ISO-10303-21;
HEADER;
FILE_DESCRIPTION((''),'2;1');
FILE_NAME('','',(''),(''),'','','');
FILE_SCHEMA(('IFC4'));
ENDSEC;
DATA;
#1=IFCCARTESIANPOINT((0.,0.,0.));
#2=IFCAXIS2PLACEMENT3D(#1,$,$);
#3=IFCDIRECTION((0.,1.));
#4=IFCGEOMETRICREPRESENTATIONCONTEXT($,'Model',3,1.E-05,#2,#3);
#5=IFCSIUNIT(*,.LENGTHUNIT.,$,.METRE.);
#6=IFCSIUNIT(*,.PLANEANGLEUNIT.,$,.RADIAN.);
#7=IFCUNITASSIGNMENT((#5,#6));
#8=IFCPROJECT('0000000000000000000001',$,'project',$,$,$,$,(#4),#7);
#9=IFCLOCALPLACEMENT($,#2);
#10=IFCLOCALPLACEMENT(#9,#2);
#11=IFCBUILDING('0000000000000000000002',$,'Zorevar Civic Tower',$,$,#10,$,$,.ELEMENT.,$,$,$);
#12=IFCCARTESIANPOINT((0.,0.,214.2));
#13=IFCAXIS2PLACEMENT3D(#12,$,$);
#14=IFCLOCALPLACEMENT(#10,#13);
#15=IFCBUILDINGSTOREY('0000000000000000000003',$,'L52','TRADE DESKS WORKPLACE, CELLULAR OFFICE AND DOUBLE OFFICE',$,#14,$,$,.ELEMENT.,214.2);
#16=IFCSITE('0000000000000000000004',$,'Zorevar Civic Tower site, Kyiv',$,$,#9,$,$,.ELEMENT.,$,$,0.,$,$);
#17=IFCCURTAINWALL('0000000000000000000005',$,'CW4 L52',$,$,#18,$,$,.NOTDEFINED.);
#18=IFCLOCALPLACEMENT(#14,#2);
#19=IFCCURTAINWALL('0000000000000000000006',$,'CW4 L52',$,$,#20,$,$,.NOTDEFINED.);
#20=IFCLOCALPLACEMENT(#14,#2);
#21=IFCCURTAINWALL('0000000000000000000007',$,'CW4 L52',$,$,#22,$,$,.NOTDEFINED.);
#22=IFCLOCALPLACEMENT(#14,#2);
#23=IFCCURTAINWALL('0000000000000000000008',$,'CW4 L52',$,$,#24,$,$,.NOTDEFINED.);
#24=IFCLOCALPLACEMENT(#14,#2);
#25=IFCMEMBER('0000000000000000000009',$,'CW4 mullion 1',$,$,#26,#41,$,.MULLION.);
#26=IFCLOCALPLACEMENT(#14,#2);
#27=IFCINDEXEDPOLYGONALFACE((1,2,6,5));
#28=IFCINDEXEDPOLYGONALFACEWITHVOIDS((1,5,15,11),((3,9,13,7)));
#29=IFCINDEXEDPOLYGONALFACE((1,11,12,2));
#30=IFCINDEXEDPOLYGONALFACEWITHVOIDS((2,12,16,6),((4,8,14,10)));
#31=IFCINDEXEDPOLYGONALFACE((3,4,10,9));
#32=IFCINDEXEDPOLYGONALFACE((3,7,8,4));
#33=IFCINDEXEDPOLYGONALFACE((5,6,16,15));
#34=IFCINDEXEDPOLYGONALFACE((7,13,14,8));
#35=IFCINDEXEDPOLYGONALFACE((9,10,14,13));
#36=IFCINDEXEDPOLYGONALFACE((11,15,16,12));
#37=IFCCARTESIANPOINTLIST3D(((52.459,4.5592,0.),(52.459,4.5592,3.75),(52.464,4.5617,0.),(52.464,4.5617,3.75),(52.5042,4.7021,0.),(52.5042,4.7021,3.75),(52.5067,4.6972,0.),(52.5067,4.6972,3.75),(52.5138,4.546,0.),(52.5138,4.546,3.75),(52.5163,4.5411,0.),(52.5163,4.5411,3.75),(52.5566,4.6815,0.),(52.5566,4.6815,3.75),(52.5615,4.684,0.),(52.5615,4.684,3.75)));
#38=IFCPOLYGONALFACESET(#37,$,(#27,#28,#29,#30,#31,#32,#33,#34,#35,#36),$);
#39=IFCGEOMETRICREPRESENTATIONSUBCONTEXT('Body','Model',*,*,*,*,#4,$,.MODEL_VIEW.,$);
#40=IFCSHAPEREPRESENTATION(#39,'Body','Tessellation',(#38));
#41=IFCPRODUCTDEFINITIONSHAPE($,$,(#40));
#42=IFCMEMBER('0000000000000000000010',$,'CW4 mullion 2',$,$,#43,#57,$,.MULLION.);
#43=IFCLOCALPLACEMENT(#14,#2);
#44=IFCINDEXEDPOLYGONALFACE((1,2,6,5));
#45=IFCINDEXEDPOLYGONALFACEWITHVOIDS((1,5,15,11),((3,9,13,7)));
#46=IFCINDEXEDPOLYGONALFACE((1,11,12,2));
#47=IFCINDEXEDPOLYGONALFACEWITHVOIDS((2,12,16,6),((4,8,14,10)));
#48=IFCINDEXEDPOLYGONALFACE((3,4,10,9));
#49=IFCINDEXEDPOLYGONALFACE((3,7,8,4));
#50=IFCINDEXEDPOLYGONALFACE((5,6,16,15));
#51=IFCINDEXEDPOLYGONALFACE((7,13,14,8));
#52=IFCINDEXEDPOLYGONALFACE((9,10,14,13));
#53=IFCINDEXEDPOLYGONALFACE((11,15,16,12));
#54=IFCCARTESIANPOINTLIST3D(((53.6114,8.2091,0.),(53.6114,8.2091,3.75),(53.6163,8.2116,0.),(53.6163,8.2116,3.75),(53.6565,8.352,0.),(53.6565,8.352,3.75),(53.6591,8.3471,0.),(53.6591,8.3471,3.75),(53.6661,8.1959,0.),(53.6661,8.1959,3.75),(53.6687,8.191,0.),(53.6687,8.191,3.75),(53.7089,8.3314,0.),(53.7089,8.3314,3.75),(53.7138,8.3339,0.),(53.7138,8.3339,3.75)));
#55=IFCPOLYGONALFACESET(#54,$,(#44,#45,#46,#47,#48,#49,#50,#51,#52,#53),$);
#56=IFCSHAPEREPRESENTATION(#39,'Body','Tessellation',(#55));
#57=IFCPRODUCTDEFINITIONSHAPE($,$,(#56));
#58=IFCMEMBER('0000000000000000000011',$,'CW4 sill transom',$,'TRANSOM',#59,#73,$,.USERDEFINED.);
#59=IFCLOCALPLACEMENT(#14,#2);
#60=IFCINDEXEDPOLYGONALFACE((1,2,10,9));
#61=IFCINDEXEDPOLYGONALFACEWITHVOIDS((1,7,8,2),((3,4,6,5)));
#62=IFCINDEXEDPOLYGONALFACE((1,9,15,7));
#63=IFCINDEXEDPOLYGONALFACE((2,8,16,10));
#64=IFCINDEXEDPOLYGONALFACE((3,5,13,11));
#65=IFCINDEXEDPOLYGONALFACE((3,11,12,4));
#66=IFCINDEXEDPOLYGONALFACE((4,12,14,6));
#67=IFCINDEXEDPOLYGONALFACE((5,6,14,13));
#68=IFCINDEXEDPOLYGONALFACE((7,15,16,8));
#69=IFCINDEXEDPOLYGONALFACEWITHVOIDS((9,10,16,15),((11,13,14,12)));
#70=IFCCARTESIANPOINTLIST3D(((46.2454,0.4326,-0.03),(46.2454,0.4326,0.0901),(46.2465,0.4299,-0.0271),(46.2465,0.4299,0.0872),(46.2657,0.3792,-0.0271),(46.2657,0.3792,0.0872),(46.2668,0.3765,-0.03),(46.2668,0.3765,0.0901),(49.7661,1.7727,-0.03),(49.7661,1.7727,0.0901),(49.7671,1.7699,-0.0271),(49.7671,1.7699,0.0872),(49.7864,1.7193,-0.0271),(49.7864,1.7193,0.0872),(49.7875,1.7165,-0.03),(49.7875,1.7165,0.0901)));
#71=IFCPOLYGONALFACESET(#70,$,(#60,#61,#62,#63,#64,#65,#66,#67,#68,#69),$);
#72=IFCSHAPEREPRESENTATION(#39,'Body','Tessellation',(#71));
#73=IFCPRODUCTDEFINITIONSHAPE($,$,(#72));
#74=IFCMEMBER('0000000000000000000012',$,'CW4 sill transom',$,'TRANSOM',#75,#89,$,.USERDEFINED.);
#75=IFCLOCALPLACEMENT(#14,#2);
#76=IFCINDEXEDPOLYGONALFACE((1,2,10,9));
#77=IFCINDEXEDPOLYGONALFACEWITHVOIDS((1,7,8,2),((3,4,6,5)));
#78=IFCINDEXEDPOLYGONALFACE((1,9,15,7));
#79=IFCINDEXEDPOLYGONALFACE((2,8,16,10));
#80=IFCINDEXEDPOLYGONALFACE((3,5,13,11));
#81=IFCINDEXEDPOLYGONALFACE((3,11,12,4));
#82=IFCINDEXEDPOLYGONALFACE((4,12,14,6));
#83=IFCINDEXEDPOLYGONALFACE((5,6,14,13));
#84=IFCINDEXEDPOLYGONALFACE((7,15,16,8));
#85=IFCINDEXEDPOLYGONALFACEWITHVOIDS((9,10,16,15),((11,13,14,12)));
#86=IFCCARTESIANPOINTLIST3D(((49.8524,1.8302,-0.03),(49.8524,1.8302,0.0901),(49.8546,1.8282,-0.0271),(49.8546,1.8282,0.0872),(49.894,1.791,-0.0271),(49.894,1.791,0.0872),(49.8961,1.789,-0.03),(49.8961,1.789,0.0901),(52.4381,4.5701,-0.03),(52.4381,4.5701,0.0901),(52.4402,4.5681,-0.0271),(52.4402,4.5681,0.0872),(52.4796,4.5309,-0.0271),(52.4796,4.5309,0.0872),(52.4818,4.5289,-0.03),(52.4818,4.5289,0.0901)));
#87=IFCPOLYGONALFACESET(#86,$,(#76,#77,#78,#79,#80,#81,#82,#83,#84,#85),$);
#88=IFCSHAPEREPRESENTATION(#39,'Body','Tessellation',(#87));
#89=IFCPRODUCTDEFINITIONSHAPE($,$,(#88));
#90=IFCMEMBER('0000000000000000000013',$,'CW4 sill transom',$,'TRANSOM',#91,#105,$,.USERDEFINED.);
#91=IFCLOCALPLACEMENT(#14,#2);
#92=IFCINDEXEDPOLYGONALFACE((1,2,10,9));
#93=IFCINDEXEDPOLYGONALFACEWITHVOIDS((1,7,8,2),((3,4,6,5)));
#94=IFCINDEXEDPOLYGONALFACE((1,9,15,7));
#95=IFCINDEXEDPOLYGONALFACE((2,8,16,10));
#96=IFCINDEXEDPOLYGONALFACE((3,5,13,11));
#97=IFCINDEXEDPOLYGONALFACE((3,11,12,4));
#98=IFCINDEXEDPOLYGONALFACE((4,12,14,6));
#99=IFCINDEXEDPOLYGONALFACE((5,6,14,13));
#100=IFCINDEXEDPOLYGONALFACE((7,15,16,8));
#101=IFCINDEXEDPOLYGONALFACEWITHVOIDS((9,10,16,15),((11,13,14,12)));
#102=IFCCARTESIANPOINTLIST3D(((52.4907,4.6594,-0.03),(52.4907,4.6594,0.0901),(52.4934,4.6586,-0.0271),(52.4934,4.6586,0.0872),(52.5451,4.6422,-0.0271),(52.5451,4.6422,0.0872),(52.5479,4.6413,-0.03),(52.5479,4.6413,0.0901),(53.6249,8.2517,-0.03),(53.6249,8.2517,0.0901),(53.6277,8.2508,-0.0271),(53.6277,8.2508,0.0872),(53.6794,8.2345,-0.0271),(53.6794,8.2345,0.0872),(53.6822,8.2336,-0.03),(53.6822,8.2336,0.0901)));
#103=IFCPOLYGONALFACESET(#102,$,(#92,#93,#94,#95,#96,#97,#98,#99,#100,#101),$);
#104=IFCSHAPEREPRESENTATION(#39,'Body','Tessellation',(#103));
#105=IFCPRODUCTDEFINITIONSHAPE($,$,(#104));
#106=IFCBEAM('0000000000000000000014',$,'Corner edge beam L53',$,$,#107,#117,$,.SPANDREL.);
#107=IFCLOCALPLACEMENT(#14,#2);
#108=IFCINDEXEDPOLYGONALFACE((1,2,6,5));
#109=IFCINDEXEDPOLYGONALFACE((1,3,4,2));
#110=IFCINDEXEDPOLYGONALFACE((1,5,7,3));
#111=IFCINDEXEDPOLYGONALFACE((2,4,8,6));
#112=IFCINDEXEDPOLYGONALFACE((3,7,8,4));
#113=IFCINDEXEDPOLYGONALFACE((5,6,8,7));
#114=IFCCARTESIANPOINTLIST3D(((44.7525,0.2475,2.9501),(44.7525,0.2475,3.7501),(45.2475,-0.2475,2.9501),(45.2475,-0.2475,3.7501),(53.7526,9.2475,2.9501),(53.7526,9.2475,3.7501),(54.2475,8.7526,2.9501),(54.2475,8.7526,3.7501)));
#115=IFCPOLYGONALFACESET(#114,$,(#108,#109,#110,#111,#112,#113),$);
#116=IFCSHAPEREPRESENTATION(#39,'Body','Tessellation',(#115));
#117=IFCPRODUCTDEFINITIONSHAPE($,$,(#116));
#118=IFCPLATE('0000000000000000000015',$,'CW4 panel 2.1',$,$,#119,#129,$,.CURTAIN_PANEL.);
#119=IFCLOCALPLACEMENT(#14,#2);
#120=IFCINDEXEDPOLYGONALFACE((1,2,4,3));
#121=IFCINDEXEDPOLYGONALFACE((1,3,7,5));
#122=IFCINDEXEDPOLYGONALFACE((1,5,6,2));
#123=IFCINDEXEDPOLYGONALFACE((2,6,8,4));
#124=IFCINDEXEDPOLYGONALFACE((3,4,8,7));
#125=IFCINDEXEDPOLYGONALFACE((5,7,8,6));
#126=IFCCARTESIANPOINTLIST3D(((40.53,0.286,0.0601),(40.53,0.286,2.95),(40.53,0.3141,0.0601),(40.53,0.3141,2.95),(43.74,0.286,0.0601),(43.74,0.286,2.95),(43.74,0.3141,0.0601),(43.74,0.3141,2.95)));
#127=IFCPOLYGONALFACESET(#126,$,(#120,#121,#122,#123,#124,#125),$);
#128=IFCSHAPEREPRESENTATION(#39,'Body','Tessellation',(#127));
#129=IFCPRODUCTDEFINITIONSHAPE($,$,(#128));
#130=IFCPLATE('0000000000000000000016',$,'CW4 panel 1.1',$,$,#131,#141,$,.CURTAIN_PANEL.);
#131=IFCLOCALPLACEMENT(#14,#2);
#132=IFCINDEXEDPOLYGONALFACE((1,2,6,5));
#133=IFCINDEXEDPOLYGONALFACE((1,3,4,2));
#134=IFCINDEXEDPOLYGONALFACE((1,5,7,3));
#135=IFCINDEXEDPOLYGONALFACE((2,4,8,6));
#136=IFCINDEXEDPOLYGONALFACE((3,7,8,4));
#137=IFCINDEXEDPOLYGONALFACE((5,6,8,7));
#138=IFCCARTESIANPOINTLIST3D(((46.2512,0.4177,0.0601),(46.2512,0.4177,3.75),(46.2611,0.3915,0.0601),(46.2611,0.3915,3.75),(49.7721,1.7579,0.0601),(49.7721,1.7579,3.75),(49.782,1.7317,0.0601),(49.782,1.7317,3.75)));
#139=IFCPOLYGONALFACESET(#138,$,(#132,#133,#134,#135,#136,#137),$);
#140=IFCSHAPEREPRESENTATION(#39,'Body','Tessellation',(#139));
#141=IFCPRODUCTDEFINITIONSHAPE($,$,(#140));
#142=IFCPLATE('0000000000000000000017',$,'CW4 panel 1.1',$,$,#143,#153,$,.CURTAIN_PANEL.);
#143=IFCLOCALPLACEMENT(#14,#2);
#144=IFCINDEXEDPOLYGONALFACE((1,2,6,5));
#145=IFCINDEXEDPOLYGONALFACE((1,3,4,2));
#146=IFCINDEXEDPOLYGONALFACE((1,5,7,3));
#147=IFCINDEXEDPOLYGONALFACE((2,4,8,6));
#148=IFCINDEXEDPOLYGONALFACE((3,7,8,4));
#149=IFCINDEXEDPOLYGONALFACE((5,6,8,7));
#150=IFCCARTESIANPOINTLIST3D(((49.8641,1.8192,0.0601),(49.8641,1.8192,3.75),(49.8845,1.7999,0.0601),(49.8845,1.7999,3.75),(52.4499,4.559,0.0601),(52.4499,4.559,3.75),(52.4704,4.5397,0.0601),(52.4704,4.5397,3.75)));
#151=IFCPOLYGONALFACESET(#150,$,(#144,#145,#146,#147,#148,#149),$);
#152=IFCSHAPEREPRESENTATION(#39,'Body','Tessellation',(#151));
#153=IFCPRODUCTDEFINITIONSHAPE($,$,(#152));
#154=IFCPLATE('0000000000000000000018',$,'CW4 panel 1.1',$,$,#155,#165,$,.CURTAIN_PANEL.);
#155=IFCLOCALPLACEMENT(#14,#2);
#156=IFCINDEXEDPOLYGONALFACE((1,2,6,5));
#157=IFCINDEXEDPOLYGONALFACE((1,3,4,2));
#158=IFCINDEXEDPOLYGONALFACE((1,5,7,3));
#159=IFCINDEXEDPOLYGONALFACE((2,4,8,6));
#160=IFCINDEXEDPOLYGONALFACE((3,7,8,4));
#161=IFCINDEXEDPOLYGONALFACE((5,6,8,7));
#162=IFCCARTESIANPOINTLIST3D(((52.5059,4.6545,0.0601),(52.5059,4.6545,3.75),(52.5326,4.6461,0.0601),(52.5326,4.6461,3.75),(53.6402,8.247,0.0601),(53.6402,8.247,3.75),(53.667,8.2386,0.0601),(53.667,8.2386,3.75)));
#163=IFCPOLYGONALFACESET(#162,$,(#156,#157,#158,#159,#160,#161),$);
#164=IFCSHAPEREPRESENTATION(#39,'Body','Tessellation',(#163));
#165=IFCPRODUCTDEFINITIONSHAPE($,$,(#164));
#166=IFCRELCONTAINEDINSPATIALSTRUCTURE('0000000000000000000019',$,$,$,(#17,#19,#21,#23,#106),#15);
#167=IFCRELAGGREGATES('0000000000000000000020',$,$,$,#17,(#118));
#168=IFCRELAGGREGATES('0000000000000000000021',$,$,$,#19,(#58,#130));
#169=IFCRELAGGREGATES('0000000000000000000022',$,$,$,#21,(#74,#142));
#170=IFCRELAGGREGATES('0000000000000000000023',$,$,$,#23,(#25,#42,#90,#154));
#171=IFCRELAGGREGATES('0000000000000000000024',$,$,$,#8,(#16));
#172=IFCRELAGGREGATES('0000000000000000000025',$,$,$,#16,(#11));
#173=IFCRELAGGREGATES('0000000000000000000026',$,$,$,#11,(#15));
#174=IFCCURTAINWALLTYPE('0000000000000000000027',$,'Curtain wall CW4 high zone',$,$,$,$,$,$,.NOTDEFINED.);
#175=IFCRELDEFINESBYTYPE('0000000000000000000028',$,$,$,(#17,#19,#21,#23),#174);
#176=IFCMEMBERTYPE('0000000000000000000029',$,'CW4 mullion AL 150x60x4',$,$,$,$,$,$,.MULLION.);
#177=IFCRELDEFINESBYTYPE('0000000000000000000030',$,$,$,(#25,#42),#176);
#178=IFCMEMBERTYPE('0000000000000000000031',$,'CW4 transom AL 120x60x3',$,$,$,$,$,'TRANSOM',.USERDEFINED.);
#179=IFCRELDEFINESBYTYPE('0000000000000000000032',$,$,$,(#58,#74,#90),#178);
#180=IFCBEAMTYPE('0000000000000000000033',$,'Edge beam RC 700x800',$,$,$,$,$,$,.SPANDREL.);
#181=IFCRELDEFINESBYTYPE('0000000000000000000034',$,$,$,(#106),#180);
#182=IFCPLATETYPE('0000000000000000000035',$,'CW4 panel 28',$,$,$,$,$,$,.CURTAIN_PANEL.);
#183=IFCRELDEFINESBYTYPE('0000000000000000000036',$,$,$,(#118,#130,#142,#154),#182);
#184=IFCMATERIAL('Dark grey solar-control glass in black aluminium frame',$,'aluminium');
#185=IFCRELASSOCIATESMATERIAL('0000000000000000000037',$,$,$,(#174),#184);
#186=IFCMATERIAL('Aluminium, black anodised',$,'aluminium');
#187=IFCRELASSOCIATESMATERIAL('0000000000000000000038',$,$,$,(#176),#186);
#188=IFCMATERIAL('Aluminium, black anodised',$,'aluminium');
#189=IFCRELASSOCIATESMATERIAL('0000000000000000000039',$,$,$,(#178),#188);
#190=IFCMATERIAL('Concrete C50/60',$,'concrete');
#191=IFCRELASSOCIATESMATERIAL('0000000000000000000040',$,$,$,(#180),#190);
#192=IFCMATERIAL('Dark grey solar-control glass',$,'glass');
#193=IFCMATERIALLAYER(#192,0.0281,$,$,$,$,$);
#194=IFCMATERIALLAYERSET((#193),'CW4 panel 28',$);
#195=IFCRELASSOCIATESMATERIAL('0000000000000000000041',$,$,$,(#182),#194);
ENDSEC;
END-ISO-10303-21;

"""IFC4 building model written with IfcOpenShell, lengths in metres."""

from ifc_helpers import new_model, si_unit, direction, frame, origin, origin_2d, place, context, subcontext, project, spatial, rectangle, hollow_rectangle, extrude, material, layer, layer_set, material_profile, profile_set, type_object, element, aggregate, save


model = new_model("IFC4")

# Units and contexts
model_context = context("Model", 3, precision=1e-05, world=origin(), true_north=direction((0.0, 1.0)))
body_context = subcontext(model_context, "Body", "Model", "MODEL_VIEW")
ifc_project = project(units=[si_unit("LENGTHUNIT", "METRE"), si_unit("PLANEANGLEUNIT", "RADIAN")], contexts=[model_context])

# Site, building, storey
site_placement = place(None, origin())
site = spatial("IfcSite", under=ifc_project, at=site_placement, Name="Zorevar Civic Tower site, Kyiv", CompositionType="ELEMENT", RefElevation=0.0)
building_placement = place(site_placement, origin())
building = spatial("IfcBuilding", under=site, at=building_placement, Name="Zorevar Civic Tower", CompositionType="ELEMENT")
storey_placement = place(building_placement, frame((0.0, 0.0, 214.2)))
storey = spatial("IfcBuildingStorey", under=building, at=storey_placement, Name="L52", Description="TRADE DESKS WORKPLACE, CELLULAR OFFICE AND DOUBLE OFFICE", CompositionType="ELEMENT", Elevation=214.2)

# Curtain walls, members
ifc_material_1 = material(Name="Dark grey solar-control glass in black aluminium frame", Category="aluminium")
curtain_wall_type = type_object("IfcCurtainWallType", Name="Curtain wall CW4 high zone", PredefinedType="NOTDEFINED", material=ifc_material_1)
curtain_wall_1_placement = place(storey_placement, origin())
curtain_wall_1 = element("IfcCurtainWall", 1, at=curtain_wall_1_placement, inside=storey, type_object=curtain_wall_type, Name="CW4 L52", PredefinedType="NOTDEFINED")
ifc_material_2 = material(Name="Aluminium, black anodised", Category="aluminium")
ifc_material_profile_1 = material_profile(ifc_material_2, hollow_rectangle(XDim=0.0601, YDim=0.1499, WallThickness=0.0039, at=origin_2d()), Name="AL 150x60x4")
ifc_profile_set_1 = profile_set([ifc_material_profile_1], Name="Aluminium, black anodised")
member_type_1 = type_object("IfcMemberType", Name="CW4 mullion AL 150x60x4", PredefinedType="MULLION", material=ifc_profile_set_1)
curtain_wall_2_placement = place(storey_placement, origin())
curtain_wall_2 = element("IfcCurtainWall", 2, at=curtain_wall_2_placement, inside=storey, type_object=curtain_wall_type, Name="CW4 L52", PredefinedType="NOTDEFINED")
curtain_wall_3_placement = place(storey_placement, origin())
curtain_wall_3 = element("IfcCurtainWall", 3, at=curtain_wall_3_placement, inside=storey, type_object=curtain_wall_type, Name="CW4 L52", PredefinedType="NOTDEFINED")
curtain_wall_4_placement = place(storey_placement, origin())
curtain_wall_4 = element("IfcCurtainWall", 4, at=curtain_wall_4_placement, inside=storey, type_object=curtain_wall_type, Name="CW4 L52", PredefinedType="NOTDEFINED")
member_1_placement = place(storey_placement, frame((52.5103, 4.6216, 0.0), z_axis=(0.0, 0.0, 1.0), x_axis=(-0.95359, 0.301108, 0.0)))
member_1 = element("IfcMember", 5, at=member_1_placement, type_object=member_type_1, Name="CW4 mullion 1", PredefinedType="MULLION", context=body_context, shape_type="SweptSolid", body=[
    extrude(hollow_rectangle(XDim=0.0601, YDim=0.1499, WallThickness=0.0039, at=origin_2d()), origin(), (0.0, 0.0, 1.0), 3.75),
])
member_2_placement = place(storey_placement, frame((53.6626, 8.2715, 0.0), z_axis=(0.0, 0.0, 1.0), x_axis=(-0.95359, 0.301108, 0.0)))
member_2 = element("IfcMember", 6, at=member_2_placement, type_object=member_type_1, Name="CW4 mullion 2", PredefinedType="MULLION", context=body_context, shape_type="SweptSolid", body=[
    extrude(hollow_rectangle(XDim=0.0601, YDim=0.1499, WallThickness=0.0039, at=origin_2d()), origin(), (0.0, 0.0, 1.0), 3.75),
])

# Members
ifc_material_3 = material(Name="Aluminium, black anodised", Category="aluminium")
ifc_material_profile_2 = material_profile(ifc_material_3, hollow_rectangle(XDim=0.0601, YDim=0.1201, WallThickness=0.0029, at=origin_2d()), Name="AL 120x60x3")
ifc_profile_set_2 = profile_set([ifc_material_profile_2], Name="Aluminium, black anodised")
member_type_2 = type_object("IfcMemberType", Name="CW4 transom AL 120x60x3", ElementType="TRANSOM", PredefinedType="USERDEFINED", material=ifc_profile_set_2)
member_3_placement = place(storey_placement, frame((46.2561, 0.4045, 0.03), z_axis=(0.934589, 0.355729, 0.0), x_axis=(-0.355729, 0.934589, 0.0)))
member_3 = element("IfcMember", 7, at=member_3_placement, type_object=member_type_2, Name="CW4 sill transom", ObjectType="TRANSOM", PredefinedType="USERDEFINED", context=body_context, shape_type="SweptSolid", body=[
    extrude(hollow_rectangle(XDim=0.0601, YDim=0.1201, WallThickness=0.0029, at=origin_2d()), origin(), (0.0, 0.0, 1.0), 3.7671),
])
member_4_placement = place(storey_placement, frame((49.8743, 1.8096, 0.03), z_axis=(0.686332, 0.727288, 0.0), x_axis=(-0.727288, 0.686332, 0.0)))
member_4 = element("IfcMember", 8, at=member_4_placement, type_object=member_type_2, Name="CW4 sill transom", ObjectType="TRANSOM", PredefinedType="USERDEFINED", context=body_context, shape_type="SweptSolid", body=[
    extrude(hollow_rectangle(XDim=0.0601, YDim=0.1201, WallThickness=0.0029, at=origin_2d()), origin(), (0.0, 0.0, 1.0), 3.7673),
])
member_5_placement = place(storey_placement, frame((52.5193, 4.6504, 0.03), z_axis=(0.3011, 0.953592, 0.0), x_axis=(-0.953592, 0.3011, 0.0)))
member_5 = element("IfcMember", 9, at=member_5_placement, type_object=member_type_2, Name="CW4 sill transom", ObjectType="TRANSOM", PredefinedType="USERDEFINED", context=body_context, shape_type="SweptSolid", body=[
    extrude(hollow_rectangle(XDim=0.0601, YDim=0.1201, WallThickness=0.0029, at=origin_2d()), origin(), (0.0, 0.0, 1.0), 3.7671),
])

# Beam
ifc_material_4 = material(Name="Concrete C50/60", Category="concrete")
ifc_material_profile_3 = material_profile(ifc_material_4, rectangle(XDim=0.7, YDim=0.8, at=origin_2d()), Name="RC 700x800")
ifc_profile_set_3 = profile_set([ifc_material_profile_3], Name="Concrete C50/60")
beam_type_1 = type_object("IfcBeamType", Name="Edge beam RC 700x800", PredefinedType="SPANDREL", material=ifc_profile_set_3)
beam_1_placement = place(storey_placement, frame((45.0, 0.0, 3.3501), z_axis=(0.707107, 0.707107, 0.0), x_axis=(-0.707107, 0.707107, 0.0)))
element("IfcBeam", 10, at=beam_1_placement, inside=storey, type_object=beam_type_1, Name="Corner edge beam L53", PredefinedType="SPANDREL", context=body_context, shape_type="SweptSolid", body=[
    extrude(rectangle(XDim=0.7, YDim=0.8, at=origin_2d()), origin(), (0.0, 0.0, 1.0), 12.728),
])

# Plates
ifc_material_5 = material(Name="Dark grey solar-control glass", Category="glass")
ifc_layer_1 = layer(ifc_material_5, 0.0281)
ifc_layer_set_1 = layer_set([ifc_layer_1], Name="CW4 panel 28")
plate_type = type_object("IfcPlateType", Name="CW4 panel 28", PredefinedType="CURTAIN_PANEL", material=ifc_layer_set_1)
plate_1_placement = place(storey_placement, frame((42.135, 0.3, 0.0601), z_axis=(0.0, 0.0, 1.0), x_axis=(1.0, 0.0, 0.0)))
plate_1 = element("IfcPlate", 11, at=plate_1_placement, type_object=plate_type, Name="CW4 panel 2.1", PredefinedType="CURTAIN_PANEL", context=body_context, shape_type="SweptSolid", body=[
    extrude(rectangle(XDim=3.21, YDim=0.0281, at=origin_2d()), origin(), (0.0, 0.0, 1.0), 2.8899),
])
aggregate(curtain_wall_1, [plate_1])
plate_2_placement = place(storey_placement, frame((48.0166, 1.0747, 0.0601), z_axis=(0.0, 0.0, 1.0), x_axis=(0.934588, 0.355731, 0.0)))
plate_2 = element("IfcPlate", 12, at=plate_2_placement, type_object=plate_type, Name="CW4 panel 1.1", PredefinedType="CURTAIN_PANEL", context=body_context, shape_type="SweptSolid", body=[
    extrude(rectangle(XDim=3.7673, YDim=0.0281, at=origin_2d()), origin(), (0.0, 0.0, 1.0), 3.6899),
])
aggregate(curtain_wall_2, [member_3, plate_2])
plate_3_placement = place(storey_placement, frame((51.1672, 3.1794, 0.0601), z_axis=(0.0, 0.0, 1.0), x_axis=(0.686378, 0.727245, 0.0)))
plate_3 = element("IfcPlate", 13, at=plate_3_placement, type_object=plate_type, Name="CW4 panel 1.1", PredefinedType="CURTAIN_PANEL", context=body_context, shape_type="SweptSolid", body=[
    extrude(rectangle(XDim=3.7673, YDim=0.0281, at=origin_2d()), origin(), (0.0, 0.0, 1.0), 3.6899),
])
aggregate(curtain_wall_3, [member_4, plate_3])
plate_4_placement = place(storey_placement, frame((53.0864, 6.4465, 0.0601), z_axis=(0.0, 0.0, 1.0), x_axis=(0.301108, 0.95359, 0.0)))
plate_4 = element("IfcPlate", 14, at=plate_4_placement, type_object=plate_type, Name="CW4 panel 1.1", PredefinedType="CURTAIN_PANEL", context=body_context, shape_type="SweptSolid", body=[
    extrude(rectangle(XDim=3.7673, YDim=0.0281, at=origin_2d()), origin(), (0.0, 0.0, 1.0), 3.6899),
])
aggregate(curtain_wall_4, [member_1, member_2, member_5, plate_4])

save(model, "model.ifc")
